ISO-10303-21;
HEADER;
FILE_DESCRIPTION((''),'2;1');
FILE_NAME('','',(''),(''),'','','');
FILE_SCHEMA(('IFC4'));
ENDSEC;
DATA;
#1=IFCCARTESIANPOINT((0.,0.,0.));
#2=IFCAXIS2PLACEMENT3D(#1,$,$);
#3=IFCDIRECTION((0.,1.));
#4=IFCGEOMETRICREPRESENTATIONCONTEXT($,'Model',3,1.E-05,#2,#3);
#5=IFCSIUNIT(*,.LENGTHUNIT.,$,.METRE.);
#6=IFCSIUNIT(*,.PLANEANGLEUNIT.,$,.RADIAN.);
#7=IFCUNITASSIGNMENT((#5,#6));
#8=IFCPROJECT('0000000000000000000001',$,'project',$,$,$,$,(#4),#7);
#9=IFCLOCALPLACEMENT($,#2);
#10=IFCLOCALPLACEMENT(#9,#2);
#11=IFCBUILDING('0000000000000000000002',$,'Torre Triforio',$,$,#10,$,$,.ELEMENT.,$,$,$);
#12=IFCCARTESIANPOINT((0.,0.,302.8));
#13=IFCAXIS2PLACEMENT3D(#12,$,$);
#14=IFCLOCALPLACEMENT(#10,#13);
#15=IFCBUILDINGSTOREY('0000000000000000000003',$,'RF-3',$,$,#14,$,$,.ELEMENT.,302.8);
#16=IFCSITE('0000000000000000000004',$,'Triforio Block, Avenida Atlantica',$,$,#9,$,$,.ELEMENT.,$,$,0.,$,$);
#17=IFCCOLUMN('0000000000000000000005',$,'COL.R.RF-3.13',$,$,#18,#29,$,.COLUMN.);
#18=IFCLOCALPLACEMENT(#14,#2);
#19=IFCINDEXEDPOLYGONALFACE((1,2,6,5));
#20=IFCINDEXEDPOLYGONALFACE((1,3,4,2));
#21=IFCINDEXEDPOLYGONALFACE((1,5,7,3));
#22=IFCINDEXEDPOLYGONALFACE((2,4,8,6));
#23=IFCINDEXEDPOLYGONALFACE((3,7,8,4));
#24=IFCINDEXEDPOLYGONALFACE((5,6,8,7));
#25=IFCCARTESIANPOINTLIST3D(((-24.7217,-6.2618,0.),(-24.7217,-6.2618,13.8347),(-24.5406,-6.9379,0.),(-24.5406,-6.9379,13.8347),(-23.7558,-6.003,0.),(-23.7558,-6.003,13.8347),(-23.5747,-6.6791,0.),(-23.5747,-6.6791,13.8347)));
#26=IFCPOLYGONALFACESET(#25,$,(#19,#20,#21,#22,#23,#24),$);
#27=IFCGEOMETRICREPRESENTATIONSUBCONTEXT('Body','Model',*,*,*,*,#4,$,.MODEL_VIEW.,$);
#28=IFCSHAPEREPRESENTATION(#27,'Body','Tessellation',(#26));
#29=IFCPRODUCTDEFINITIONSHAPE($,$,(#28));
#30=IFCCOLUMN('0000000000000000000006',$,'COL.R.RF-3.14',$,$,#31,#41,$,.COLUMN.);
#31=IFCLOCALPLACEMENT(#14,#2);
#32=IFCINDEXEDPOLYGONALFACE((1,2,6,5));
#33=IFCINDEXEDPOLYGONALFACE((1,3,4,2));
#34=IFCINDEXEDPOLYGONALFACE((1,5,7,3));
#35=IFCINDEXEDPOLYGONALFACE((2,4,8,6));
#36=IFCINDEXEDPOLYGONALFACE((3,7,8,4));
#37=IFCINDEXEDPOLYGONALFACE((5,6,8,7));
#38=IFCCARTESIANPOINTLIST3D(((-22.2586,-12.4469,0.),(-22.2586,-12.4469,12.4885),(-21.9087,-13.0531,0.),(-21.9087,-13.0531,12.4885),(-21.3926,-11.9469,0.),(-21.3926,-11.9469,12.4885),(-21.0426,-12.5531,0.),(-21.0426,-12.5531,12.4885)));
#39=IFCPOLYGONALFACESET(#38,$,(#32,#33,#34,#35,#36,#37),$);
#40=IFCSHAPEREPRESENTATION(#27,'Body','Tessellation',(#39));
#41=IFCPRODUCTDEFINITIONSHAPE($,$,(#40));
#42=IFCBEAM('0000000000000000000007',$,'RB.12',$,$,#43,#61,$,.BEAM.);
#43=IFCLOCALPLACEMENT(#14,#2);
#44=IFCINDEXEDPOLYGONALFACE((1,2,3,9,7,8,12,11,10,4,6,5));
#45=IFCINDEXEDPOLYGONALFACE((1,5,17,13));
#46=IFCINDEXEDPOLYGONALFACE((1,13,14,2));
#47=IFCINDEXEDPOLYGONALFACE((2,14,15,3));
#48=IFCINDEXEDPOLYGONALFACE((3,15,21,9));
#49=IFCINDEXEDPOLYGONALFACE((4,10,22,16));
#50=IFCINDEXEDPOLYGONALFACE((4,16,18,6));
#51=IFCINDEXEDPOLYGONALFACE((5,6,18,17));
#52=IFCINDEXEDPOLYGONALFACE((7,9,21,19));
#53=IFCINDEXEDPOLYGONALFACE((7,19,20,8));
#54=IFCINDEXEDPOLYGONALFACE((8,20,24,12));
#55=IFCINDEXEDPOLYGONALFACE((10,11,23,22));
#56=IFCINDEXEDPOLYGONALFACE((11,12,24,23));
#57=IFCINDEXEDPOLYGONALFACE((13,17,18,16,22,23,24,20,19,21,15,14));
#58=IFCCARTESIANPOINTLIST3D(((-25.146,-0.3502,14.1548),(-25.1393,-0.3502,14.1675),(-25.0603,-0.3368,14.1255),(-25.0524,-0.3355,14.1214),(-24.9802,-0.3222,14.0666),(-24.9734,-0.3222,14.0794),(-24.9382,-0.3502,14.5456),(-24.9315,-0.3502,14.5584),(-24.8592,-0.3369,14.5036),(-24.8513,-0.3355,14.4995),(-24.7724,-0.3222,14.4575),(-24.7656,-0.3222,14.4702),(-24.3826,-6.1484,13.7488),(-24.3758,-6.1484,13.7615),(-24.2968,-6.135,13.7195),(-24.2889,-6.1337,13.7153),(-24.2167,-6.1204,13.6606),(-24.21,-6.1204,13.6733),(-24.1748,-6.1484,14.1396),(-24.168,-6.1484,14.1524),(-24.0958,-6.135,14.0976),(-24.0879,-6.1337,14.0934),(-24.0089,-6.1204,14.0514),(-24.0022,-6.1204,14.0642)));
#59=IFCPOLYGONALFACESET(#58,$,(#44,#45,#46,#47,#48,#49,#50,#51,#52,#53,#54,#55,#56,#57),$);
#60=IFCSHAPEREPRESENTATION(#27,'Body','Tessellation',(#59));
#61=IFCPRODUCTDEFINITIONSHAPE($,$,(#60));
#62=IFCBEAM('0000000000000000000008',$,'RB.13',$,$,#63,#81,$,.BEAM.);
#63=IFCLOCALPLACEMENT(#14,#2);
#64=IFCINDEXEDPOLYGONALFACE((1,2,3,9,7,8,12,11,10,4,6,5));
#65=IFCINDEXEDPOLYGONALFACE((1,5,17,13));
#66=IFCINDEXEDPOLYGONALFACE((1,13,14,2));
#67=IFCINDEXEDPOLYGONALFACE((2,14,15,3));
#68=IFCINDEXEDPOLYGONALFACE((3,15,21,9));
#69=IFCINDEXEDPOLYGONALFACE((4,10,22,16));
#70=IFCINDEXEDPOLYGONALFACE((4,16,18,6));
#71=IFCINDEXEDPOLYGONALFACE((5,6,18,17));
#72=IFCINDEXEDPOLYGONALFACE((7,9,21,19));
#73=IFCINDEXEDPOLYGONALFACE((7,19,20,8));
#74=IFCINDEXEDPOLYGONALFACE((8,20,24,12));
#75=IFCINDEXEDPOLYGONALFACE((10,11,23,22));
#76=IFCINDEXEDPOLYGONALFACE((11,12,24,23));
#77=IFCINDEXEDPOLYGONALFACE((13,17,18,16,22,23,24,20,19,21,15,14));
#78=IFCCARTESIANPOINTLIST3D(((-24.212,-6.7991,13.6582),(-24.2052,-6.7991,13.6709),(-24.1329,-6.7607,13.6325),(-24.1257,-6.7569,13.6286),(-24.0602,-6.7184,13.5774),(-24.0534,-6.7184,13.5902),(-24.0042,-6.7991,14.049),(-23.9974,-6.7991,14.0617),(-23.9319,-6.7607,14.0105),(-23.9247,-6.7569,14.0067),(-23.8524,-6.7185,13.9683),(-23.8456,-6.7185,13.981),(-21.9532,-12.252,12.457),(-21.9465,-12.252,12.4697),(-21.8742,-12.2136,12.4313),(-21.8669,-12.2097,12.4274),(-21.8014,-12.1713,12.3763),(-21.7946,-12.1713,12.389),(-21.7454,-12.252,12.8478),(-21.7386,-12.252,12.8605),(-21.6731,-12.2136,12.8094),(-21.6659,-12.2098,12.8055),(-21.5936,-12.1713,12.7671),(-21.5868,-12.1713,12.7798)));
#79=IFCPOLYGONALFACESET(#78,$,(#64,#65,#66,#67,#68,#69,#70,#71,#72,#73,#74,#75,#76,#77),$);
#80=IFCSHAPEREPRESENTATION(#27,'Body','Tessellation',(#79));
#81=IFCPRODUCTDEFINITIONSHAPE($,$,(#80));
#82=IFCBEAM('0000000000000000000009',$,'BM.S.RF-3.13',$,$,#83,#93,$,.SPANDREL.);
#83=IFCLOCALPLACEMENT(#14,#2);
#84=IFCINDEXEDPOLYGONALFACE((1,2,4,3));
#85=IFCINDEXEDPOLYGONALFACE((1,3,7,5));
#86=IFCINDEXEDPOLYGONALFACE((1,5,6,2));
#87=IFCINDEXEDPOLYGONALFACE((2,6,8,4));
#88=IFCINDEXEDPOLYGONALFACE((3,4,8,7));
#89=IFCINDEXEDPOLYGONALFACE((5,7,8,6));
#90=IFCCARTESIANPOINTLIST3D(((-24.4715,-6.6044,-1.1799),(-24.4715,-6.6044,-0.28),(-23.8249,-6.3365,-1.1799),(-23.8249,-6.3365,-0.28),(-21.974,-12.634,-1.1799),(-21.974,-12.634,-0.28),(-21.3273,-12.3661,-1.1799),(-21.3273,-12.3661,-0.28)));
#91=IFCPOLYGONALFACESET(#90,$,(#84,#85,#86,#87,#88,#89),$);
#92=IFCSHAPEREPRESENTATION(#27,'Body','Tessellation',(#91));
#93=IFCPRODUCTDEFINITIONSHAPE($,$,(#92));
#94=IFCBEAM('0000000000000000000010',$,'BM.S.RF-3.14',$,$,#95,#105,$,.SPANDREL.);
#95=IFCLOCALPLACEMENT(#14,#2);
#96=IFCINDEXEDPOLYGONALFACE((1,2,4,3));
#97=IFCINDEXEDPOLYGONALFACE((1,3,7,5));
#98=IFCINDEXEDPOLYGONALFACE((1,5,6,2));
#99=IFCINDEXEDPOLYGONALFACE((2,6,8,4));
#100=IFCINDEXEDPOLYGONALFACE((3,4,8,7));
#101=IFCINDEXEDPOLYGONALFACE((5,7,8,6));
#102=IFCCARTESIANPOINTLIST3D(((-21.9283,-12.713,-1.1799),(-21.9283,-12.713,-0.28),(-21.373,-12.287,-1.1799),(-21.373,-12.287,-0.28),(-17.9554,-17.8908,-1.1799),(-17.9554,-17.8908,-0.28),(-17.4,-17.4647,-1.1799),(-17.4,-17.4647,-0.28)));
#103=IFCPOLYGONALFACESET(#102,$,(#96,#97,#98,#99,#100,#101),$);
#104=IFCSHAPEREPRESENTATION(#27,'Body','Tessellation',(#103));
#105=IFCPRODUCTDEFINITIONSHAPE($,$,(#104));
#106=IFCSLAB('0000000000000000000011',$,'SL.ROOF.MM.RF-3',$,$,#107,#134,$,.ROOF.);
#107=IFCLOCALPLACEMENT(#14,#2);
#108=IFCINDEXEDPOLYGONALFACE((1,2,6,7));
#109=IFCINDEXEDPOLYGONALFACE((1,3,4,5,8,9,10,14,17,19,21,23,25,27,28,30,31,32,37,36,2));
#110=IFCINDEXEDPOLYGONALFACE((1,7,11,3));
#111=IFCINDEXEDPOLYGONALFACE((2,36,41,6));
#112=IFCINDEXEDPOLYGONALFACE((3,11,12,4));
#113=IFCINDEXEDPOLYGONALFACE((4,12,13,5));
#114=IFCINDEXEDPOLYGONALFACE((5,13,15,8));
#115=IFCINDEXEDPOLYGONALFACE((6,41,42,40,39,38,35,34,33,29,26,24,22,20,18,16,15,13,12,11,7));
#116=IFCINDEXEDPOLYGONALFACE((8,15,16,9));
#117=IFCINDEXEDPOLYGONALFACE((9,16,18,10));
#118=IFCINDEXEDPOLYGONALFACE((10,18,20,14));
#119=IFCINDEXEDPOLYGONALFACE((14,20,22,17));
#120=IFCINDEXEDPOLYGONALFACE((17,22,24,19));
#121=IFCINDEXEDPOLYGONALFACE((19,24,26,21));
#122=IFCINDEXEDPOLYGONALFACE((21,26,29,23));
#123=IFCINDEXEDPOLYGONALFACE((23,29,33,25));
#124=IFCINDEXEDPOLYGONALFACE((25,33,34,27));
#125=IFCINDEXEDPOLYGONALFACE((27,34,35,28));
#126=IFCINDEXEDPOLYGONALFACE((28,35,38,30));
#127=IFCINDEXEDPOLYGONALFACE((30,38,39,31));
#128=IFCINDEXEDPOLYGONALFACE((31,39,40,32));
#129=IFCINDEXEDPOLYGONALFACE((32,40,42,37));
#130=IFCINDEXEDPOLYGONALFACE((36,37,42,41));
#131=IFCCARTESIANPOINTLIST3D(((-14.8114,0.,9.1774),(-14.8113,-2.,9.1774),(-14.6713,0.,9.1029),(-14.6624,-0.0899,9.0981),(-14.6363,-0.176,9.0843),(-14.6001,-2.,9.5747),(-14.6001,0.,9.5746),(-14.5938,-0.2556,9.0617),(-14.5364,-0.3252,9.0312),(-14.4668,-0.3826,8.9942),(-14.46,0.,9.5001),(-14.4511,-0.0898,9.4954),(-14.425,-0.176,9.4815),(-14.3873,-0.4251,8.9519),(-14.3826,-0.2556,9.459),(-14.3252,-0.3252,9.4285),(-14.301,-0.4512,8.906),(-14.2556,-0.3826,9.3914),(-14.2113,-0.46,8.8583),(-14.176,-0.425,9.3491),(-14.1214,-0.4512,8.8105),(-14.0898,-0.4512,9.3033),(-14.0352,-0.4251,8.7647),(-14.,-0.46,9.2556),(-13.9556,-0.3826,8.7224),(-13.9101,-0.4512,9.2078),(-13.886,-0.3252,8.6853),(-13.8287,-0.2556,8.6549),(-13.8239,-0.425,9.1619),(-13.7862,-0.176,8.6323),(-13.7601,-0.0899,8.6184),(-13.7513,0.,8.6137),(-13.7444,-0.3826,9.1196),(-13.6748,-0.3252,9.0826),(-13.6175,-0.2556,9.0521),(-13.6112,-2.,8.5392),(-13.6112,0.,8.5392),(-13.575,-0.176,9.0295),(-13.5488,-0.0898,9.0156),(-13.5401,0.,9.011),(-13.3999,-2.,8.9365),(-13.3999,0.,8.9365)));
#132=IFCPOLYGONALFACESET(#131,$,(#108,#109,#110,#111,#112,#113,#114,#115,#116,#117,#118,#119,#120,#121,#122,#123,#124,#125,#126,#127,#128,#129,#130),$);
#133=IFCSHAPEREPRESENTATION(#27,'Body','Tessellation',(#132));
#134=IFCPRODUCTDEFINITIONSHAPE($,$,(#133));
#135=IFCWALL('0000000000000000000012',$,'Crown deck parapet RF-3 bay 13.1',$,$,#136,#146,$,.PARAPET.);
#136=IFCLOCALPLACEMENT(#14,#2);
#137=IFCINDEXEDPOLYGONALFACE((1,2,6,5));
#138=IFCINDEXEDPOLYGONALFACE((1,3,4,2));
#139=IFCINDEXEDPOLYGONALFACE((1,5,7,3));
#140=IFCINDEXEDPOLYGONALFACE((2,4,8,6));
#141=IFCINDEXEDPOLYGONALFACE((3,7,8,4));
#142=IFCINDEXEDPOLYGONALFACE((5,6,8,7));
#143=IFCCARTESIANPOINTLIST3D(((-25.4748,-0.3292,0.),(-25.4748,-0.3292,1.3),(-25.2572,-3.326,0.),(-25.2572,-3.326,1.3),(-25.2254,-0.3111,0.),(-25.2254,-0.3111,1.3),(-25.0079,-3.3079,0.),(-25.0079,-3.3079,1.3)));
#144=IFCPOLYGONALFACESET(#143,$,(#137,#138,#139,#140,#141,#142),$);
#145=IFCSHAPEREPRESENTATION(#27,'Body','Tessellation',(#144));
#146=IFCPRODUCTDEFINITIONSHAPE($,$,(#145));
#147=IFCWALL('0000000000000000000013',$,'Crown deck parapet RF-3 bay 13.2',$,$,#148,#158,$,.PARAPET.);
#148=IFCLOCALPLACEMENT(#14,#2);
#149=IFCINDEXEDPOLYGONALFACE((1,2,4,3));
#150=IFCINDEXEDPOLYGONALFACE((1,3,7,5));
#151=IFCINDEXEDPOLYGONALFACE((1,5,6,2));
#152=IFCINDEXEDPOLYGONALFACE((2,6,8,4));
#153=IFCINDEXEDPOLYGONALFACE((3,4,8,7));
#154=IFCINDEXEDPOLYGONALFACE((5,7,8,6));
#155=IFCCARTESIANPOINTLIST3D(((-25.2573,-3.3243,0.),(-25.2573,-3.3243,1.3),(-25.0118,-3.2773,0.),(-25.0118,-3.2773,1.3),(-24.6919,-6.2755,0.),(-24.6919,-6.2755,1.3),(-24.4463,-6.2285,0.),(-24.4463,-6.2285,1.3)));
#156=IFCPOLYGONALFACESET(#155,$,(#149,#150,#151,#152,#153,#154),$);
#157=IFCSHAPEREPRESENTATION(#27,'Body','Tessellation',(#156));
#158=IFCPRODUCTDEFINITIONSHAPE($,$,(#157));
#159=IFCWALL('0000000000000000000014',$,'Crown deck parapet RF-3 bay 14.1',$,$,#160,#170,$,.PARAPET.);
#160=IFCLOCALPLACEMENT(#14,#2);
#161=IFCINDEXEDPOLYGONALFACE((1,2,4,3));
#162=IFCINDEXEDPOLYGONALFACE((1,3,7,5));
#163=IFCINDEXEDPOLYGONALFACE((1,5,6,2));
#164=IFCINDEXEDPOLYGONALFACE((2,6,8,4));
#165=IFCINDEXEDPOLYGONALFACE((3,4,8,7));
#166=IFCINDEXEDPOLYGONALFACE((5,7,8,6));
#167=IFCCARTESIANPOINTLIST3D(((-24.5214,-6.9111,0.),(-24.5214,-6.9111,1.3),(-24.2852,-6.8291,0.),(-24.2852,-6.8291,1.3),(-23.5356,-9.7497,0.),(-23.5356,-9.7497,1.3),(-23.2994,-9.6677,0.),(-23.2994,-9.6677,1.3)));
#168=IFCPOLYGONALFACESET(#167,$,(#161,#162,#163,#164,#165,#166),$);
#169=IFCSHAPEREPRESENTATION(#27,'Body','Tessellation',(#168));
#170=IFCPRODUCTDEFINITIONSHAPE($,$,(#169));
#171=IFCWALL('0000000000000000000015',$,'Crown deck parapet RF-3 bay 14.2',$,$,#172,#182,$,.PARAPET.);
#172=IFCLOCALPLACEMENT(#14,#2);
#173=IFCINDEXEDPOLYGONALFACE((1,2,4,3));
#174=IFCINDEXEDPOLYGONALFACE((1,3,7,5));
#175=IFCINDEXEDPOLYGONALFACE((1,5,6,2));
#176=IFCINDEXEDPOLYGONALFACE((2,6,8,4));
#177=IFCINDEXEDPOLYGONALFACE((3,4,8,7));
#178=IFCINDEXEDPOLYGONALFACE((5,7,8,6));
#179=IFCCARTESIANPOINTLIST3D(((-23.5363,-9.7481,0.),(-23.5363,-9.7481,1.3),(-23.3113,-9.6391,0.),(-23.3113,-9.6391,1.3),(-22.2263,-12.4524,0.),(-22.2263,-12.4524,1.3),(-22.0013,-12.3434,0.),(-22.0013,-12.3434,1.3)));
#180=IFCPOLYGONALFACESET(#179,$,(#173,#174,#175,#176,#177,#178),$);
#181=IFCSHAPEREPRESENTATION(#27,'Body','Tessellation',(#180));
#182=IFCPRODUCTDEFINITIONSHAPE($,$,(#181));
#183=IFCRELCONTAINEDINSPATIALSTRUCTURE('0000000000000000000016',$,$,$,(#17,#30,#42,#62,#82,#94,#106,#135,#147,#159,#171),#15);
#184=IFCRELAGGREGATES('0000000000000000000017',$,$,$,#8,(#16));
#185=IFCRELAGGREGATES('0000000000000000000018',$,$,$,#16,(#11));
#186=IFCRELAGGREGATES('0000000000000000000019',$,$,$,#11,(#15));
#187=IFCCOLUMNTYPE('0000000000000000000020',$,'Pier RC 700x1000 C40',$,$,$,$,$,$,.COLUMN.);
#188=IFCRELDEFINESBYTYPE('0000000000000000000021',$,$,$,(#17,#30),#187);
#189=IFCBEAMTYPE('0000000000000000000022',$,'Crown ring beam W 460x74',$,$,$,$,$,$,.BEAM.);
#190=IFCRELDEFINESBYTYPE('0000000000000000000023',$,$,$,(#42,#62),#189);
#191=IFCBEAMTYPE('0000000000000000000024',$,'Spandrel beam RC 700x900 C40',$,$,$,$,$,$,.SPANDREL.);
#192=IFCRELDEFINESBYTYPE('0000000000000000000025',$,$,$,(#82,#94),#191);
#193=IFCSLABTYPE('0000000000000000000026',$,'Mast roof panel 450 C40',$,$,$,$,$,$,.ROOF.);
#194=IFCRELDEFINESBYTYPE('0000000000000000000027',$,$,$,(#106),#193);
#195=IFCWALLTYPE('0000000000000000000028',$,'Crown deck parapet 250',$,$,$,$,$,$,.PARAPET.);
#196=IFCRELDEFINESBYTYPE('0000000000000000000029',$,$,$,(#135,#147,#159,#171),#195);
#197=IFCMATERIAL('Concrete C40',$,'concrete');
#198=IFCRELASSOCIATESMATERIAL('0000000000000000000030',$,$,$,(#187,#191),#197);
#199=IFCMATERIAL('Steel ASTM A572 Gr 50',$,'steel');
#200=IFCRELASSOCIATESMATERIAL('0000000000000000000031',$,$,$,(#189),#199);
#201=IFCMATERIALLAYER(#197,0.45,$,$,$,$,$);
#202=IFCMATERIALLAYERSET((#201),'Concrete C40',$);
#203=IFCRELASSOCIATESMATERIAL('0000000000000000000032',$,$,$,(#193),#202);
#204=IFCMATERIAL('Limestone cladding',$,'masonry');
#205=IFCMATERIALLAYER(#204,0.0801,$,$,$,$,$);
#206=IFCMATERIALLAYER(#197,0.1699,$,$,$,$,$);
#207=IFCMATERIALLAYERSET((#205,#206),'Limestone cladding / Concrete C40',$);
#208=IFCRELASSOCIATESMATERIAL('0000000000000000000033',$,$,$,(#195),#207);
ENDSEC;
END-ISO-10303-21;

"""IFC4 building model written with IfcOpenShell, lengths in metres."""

from ifc_helpers import new_model, si_unit, direction, frame, frame_2d, origin, origin_2d, place, context, subcontext, project, spatial, polyline, rectangle, i_section, outline, extrude, material, layer, layer_set, material_profile, profile_set, type_object, element, save


model = new_model("IFC4")

# Units and contexts
model_context = context("Model", 3, precision=1e-05, world=origin(), true_north=direction((0.0, 1.0)))
body_context = subcontext(model_context, "Body", "Model", "MODEL_VIEW")
ifc_project = project(units=[si_unit("LENGTHUNIT", "METRE"), si_unit("PLANEANGLEUNIT", "RADIAN")], contexts=[model_context])

# Site, building, storey
site_placement = place(None, origin())
site = spatial("IfcSite", under=ifc_project, at=site_placement, Name="Triforio Block, Avenida Atlantica", CompositionType="ELEMENT", RefElevation=0.0)
building_placement = place(site_placement, origin())
building = spatial("IfcBuilding", under=site, at=building_placement, Name="Torre Triforio", CompositionType="ELEMENT")
storey_placement = place(building_placement, frame((0.0, 0.0, 302.8)))
storey = spatial("IfcBuildingStorey", under=building, at=storey_placement, Name="RF-3", CompositionType="ELEMENT", Elevation=302.8)

# Columns
ifc_material_1 = material(Name="Concrete C40", Category="concrete")
ifc_material_profile_1 = material_profile(ifc_material_1, rectangle(XDim=0.7, YDim=1.0, at=origin_2d()), Name="RC 700x1000")
ifc_profile_set_1 = profile_set([ifc_material_profile_1], Name="Concrete C40")
column_type = type_object("IfcColumnType", Name="Pier RC 700x1000 C40", PredefinedType="COLUMN", material=ifc_profile_set_1)
column_1_placement = place(storey_placement, frame((-24.1482, -6.4705, 0.0), z_axis=(0.0, 0.0, 1.0), x_axis=(0.258819, -0.965926, 0.0)))
element("IfcColumn", 1, at=column_1_placement, inside=storey, type_object=column_type, Name="COL.R.RF-3.13", PredefinedType="COLUMN", context=body_context, shape_type="SweptSolid", body=[
    extrude(rectangle(XDim=0.7, YDim=1.0, at=origin_2d()), origin(), (0.0, 0.0, 1.0), 13.8347),
])
column_2_placement = place(storey_placement, frame((-21.6506, -12.5, 0.0), z_axis=(0.0, 0.0, 1.0), x_axis=(0.5, -0.866025, 0.0)))
element("IfcColumn", 2, at=column_2_placement, inside=storey, type_object=column_type, Name="COL.R.RF-3.14", PredefinedType="COLUMN", context=body_context, shape_type="SweptSolid", body=[
    extrude(rectangle(XDim=0.7, YDim=1.0, at=origin_2d()), origin(), (0.0, 0.0, 1.0), 12.4885),
])

# Beams
ifc_material_2 = material(Name="Steel ASTM A572 Gr 50", Category="steel")
ifc_material_profile_2 = material_profile(ifc_material_2, i_section(OverallWidth=0.1899, OverallDepth=0.457, WebThickness=0.009, FlangeThickness=0.0144, at=origin_2d()), Name="W 460x74")
ifc_profile_set_2 = profile_set([ifc_material_profile_2], Name="Steel ASTM A572 Gr 50")
beam_type_1 = type_object("IfcBeamType", Name="Crown ring beam W 460x74", PredefinedType="BEAM", material=ifc_profile_set_2)
beam_1_placement = place(storey_placement, frame((-24.9558, -0.3362, 14.3125), z_axis=(0.130229, -0.989062, -0.069258), x_axis=(0.873289, 0.1475, -0.464338)))
element("IfcBeam", 3, at=beam_1_placement, inside=storey, type_object=beam_type_1, Name="RB.12", PredefinedType="BEAM", context=body_context, shape_type="SweptSolid", body=[
    extrude(i_section(OverallWidth=0.1899, OverallDepth=0.457, WebThickness=0.009, FlangeThickness=0.0144, at=origin_2d()), origin(), (0.0, 0.0, 1.0), 5.8623),
])
beam_2_placement = place(storey_placement, frame((-24.0288, -6.7588, 13.8196), z_axis=(0.375015, -0.905314, -0.199424), x_axis=(0.799343, 0.424743, -0.425023)))
element("IfcBeam", 4, at=beam_2_placement, inside=storey, type_object=beam_type_1, Name="RB.13", PredefinedType="BEAM", context=body_context, shape_type="SweptSolid", body=[
    extrude(i_section(OverallWidth=0.1899, OverallDepth=0.457, WebThickness=0.009, FlangeThickness=0.0144, at=origin_2d()), origin(), (0.0, 0.0, 1.0), 6.0232),
])
ifc_material_profile_3 = material_profile(ifc_material_1, rectangle(XDim=0.7, YDim=0.8999, at=origin_2d()), Name="RC 700x900")
ifc_profile_set_3 = profile_set([ifc_material_profile_3], Name="Concrete C40")
beam_type_2 = type_object("IfcBeamType", Name="Spandrel beam RC 700x900 C40", PredefinedType="SPANDREL", material=ifc_profile_set_3)
for number, where, z_axis, x_axis, name in (
    (5, (-24.1482, -6.4705, -0.73), (0.382689, -0.923877, 0.0), (0.923877, 0.382689, 0.0), "BM.S.RF-3.13"),
    (6, (-21.6506, -12.5, -0.73), (0.60875, -0.793362, 0.0), (0.793362, 0.60875, 0.0), "BM.S.RF-3.14"),
):
    element("IfcBeam", number, at=place(storey_placement, frame(where, z_axis=z_axis, x_axis=x_axis)), inside=storey, type_object=beam_type_2, Name=name, PredefinedType="SPANDREL", context=body_context, shape_type="SweptSolid", body=[
        extrude(rectangle(XDim=0.7, YDim=0.8999, at=origin_2d()), origin(), (0.0, 0.0, 1.0), 6.5264),
    ])

# Slab
ifc_layer_1 = layer(ifc_material_1, 0.45)
ifc_layer_set_1 = layer_set([ifc_layer_1], Name="Concrete C40")
slab_type_1 = type_object("IfcSlabType", Name="Mast roof panel 450 C40", PredefinedType="ROOF", material=ifc_layer_set_1)
slab_1_placement = place(storey_placement, frame((-13.3999, -2.0, 8.9365), z_axis=(0.469494, 0.000038, 0.882936), x_axis=(-0.000018, 1.0, -0.000033)))
element("IfcSlab", 7, at=slab_1_placement, inside=storey, type_object=slab_type_1, Name="SL.ROOF.MM.RF-3", PredefinedType="ROOF", context=body_context, shape_type="SweptSolid", body=[
    extrude(outline(polyline([(0.0, 0.0), (2.0, 0.0), (2.0, 0.1587), (1.9102, 0.1686), (1.824, 0.1982), (1.7444, 0.2464), (1.6748, 0.3113), (1.6174, 0.3901), (1.575, 0.4802), (1.5488, 0.5779), (1.54, 0.6797), (1.5488, 0.7813), (1.575, 0.879), (1.6174, 0.9691), (1.6748, 1.0479), (1.7444, 1.1129), (1.824, 1.161), (1.9102, 1.1906), (2.0, 1.2006), (2.0, 1.3593), (0.0, 1.3593), (0.0, 0.0)])), origin(), (0.0, 0.0, -1.0), 0.45),
])

# Walls
ifc_material_3 = material(Name="Limestone cladding", Category="masonry")
ifc_layer_2 = layer(ifc_material_3, 0.0801)
ifc_layer_3 = layer(ifc_material_1, 0.1699)
ifc_layer_set_2 = layer_set([ifc_layer_2, ifc_layer_3], Name="Limestone cladding / Concrete C40")
wall_type_1 = type_object("IfcWallType", Name="Crown deck parapet 250", PredefinedType="PARAPET", material=ifc_layer_set_2)
wall_1_placement = place(storey_placement, frame((-25.3501, -0.3201, 0.0), z_axis=(0.0, 0.0, 1.0), x_axis=(0.072396, -0.997376, 0.0)))
element("IfcWall", 8, at=wall_1_placement, inside=storey, type_object=wall_type_1, Name="Crown deck parapet RF-3 bay 13.1", PredefinedType="PARAPET", context=body_context, shape_type="SweptSolid", body=[
    extrude(rectangle(XDim=3.0046, YDim=0.25, at=frame_2d((1.5024, 0.0))), origin(), (0.0, 0.0, 1.0), 1.3),
])
for number, where, z_axis, x_axis, name in (
    (9, (-25.1345, -3.3008, 0.0), (0.0, 0.0, 1.0), (0.188172, -0.982136, 0.0), "Crown deck parapet RF-3 bay 13.2"),
    (10, (-24.4033, -6.8701, 0.0), (0.0, 0.0, 1.0), (0.328073, -0.944652, 0.0), "Crown deck parapet RF-3 bay 14.1"),
    (11, (-23.4238, -9.6936, 0.0), (0.0, 0.0, 1.0), (0.435966, -0.899963, 0.0), "Crown deck parapet RF-3 bay 14.2"),
):
    element("IfcWall", number, at=place(storey_placement, frame(where, z_axis=z_axis, x_axis=x_axis)), inside=storey, type_object=wall_type_1, Name=name, PredefinedType="PARAPET", context=body_context, shape_type="SweptSolid", body=[
        extrude(rectangle(XDim=3.0049, YDim=0.25, at=frame_2d((1.5024, 0.0))), origin(), (0.0, 0.0, 1.0), 1.3),
    ])

save(model, "model.ifc")
